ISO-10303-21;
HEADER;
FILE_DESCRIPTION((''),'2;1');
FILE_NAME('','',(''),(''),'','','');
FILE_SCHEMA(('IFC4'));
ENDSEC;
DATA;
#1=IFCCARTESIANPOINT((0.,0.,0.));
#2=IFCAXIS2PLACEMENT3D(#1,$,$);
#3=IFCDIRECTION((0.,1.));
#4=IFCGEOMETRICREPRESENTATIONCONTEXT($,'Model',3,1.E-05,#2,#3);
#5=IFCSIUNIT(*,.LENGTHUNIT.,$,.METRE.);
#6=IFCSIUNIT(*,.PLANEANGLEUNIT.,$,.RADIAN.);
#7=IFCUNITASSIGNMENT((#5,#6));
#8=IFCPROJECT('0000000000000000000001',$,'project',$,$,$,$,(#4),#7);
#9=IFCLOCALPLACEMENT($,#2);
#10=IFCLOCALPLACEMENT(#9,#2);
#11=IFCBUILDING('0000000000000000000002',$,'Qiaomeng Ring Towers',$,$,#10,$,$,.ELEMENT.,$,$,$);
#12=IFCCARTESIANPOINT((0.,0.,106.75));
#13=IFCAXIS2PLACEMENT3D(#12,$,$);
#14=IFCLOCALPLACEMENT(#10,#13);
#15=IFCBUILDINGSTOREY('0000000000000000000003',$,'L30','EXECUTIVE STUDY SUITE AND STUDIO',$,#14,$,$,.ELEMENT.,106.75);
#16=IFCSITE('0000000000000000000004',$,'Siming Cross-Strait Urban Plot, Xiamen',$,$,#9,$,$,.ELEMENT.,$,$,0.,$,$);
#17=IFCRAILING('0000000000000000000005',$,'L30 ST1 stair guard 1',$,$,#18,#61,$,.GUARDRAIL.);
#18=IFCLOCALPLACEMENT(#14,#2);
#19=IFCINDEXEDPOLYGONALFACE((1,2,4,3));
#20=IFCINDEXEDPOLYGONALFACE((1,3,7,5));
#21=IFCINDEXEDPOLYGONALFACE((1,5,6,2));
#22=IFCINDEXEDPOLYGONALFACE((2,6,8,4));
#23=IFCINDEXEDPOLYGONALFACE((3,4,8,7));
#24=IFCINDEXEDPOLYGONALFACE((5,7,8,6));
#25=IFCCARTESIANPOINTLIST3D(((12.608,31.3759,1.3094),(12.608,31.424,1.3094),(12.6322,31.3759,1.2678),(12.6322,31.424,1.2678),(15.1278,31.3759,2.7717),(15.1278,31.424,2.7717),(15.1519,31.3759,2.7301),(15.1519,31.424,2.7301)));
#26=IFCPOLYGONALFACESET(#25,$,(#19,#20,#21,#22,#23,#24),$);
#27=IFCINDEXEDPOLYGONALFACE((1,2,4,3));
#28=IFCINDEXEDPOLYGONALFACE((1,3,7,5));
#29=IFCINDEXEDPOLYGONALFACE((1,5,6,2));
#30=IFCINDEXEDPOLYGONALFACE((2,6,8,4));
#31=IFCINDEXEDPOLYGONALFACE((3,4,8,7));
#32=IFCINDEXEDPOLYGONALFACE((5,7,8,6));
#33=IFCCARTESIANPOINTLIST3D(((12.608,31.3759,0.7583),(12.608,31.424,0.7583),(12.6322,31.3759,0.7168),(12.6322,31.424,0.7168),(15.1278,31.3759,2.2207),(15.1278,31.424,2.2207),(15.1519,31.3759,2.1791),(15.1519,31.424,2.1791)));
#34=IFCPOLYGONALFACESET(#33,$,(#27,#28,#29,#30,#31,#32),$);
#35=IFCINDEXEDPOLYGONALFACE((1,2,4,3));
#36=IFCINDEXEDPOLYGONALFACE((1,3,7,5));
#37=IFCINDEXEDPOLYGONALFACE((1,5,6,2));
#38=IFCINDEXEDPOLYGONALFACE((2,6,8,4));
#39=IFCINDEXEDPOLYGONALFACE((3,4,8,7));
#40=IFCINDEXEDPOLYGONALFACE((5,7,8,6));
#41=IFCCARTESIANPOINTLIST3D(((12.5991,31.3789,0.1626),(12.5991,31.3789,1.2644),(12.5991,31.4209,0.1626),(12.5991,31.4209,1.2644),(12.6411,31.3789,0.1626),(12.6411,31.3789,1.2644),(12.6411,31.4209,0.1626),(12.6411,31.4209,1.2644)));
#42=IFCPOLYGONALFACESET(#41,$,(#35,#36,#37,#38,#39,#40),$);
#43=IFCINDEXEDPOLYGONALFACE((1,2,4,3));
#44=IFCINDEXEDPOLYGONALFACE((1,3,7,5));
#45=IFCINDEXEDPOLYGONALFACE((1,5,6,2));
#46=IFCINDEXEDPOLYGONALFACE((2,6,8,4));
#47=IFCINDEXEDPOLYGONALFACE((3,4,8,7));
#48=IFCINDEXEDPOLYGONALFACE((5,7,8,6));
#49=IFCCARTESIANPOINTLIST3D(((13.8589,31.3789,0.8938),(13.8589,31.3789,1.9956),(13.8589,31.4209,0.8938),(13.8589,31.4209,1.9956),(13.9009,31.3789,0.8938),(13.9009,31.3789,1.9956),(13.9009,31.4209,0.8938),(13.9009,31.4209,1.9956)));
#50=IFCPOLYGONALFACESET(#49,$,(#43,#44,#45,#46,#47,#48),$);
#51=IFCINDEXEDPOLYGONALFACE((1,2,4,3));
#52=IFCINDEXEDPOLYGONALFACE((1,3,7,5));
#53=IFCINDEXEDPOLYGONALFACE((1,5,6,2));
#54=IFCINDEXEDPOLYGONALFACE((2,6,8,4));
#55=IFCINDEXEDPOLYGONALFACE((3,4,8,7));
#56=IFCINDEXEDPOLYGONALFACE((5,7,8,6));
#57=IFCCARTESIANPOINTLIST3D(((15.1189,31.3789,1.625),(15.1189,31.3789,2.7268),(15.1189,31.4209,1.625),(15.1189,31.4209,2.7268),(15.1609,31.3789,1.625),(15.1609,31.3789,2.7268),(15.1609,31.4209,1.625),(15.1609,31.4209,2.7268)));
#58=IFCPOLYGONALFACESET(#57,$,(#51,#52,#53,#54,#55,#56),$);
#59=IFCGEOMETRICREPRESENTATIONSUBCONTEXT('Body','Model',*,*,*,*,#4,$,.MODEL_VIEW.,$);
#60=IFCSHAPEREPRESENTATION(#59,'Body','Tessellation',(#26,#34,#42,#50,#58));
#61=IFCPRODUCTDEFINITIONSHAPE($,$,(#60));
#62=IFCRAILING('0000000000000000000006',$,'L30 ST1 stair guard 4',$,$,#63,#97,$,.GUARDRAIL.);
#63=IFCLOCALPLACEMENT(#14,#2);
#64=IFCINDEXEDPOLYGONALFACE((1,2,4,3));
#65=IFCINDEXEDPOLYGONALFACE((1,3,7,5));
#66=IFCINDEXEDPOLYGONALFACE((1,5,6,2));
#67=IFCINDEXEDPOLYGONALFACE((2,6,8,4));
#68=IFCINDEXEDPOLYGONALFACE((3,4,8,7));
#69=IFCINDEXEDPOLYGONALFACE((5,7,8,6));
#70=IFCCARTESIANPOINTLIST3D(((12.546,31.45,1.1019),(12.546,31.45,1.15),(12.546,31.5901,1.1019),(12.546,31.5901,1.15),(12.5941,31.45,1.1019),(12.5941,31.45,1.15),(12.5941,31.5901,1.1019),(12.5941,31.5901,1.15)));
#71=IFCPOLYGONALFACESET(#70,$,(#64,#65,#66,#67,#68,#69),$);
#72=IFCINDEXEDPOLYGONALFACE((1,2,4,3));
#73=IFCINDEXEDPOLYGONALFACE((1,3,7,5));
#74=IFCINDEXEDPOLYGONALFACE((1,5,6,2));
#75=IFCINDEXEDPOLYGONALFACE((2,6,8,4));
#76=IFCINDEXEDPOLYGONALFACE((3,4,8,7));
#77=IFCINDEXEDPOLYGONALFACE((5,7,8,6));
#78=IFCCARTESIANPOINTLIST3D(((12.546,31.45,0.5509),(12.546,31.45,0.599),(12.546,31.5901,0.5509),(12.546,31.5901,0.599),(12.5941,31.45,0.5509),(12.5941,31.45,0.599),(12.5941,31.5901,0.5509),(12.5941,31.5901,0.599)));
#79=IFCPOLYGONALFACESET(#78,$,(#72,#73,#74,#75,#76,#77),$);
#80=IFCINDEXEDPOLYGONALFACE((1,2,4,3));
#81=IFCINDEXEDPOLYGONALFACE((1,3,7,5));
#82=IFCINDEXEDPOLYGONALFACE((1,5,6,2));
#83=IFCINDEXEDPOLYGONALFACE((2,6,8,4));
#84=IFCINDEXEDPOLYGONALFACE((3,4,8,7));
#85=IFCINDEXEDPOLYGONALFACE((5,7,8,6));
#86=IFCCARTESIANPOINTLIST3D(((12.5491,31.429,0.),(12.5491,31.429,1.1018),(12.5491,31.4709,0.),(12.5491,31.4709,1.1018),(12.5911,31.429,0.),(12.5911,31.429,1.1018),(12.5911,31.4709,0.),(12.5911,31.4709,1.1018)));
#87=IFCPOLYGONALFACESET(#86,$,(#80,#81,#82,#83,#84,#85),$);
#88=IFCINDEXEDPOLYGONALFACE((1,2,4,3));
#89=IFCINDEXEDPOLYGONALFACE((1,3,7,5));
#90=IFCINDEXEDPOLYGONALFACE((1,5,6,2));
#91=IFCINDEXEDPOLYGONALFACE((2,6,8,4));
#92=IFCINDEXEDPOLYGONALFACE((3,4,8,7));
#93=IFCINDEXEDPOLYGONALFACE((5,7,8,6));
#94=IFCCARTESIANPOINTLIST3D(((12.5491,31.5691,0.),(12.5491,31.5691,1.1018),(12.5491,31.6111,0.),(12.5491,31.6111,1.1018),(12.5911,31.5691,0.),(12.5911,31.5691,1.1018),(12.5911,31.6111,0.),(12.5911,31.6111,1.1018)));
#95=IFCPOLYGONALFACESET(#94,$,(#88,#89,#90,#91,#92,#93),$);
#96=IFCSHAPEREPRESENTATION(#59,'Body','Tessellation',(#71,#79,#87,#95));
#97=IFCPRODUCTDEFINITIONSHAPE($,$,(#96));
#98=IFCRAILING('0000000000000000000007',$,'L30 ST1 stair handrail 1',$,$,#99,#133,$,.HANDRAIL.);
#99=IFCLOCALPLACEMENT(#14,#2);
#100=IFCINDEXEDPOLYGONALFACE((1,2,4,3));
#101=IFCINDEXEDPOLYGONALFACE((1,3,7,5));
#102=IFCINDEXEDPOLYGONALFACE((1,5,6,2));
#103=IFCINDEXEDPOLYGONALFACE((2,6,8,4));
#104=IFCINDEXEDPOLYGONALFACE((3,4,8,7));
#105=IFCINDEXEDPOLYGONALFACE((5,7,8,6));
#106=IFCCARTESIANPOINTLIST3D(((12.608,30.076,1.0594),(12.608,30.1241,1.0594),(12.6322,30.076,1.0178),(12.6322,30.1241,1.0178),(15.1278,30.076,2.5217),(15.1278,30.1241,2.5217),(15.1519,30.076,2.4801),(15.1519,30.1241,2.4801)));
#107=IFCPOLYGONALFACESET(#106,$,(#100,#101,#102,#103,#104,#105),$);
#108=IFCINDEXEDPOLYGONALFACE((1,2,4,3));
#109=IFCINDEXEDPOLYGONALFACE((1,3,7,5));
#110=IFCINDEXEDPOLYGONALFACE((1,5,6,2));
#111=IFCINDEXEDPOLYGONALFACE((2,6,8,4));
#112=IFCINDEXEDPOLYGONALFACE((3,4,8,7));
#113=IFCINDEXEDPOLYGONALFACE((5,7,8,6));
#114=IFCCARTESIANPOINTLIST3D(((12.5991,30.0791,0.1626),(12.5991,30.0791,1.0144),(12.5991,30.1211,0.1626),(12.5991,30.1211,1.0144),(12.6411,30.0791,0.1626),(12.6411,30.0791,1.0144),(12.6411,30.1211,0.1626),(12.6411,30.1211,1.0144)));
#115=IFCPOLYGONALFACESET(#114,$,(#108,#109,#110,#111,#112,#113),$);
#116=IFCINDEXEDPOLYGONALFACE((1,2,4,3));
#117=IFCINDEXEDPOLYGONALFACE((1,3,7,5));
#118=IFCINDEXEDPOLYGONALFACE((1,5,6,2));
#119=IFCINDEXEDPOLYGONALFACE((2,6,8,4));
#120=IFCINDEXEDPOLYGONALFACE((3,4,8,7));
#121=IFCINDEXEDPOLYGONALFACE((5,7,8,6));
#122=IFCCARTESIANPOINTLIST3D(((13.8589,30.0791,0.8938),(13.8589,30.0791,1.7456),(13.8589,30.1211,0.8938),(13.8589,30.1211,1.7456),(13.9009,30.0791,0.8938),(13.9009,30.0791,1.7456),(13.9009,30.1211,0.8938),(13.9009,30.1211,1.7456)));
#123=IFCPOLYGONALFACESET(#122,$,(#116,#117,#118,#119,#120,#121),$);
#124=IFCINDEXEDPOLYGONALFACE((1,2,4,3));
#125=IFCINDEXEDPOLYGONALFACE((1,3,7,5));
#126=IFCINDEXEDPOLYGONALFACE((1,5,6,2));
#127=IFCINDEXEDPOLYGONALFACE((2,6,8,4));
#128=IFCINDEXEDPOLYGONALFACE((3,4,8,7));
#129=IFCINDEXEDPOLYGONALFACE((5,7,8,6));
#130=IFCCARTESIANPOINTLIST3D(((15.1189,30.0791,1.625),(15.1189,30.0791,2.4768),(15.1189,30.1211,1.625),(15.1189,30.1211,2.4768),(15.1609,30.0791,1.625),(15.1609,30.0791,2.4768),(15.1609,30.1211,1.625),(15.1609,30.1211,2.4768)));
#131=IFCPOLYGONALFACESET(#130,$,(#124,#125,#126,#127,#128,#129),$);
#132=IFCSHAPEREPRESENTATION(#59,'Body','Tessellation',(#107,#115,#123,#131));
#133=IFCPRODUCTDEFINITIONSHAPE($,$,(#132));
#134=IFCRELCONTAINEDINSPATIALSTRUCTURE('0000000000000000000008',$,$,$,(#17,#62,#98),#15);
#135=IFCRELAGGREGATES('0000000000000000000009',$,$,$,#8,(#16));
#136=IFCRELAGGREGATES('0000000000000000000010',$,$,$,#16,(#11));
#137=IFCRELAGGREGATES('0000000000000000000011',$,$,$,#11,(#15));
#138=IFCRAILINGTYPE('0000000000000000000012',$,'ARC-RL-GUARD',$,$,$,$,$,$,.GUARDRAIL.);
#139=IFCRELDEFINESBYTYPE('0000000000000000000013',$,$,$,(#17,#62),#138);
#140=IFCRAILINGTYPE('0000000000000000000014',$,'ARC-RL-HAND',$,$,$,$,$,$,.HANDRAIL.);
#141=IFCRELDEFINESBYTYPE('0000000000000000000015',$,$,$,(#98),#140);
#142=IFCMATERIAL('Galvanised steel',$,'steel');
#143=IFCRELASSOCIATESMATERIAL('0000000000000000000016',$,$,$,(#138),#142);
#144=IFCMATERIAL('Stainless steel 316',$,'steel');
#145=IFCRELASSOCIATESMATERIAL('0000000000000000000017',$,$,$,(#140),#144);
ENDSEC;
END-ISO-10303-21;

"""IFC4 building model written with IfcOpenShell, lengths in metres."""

from ifc_helpers import new_model, si_unit, direction, frame, origin, origin_2d, place, context, subcontext, project, spatial, rectangle, extrude, material, type_object, element, save


model = new_model("IFC4")

# Units and contexts
model_context = context("Model", 3, precision=1e-05, world=origin(), true_north=direction((0.0, 1.0)))
body_context = subcontext(model_context, "Body", "Model", "MODEL_VIEW")
ifc_project = project(units=[si_unit("LENGTHUNIT", "METRE"), si_unit("PLANEANGLEUNIT", "RADIAN")], contexts=[model_context])

# Site, building, storey
site_placement = place(None, origin())
site = spatial("IfcSite", under=ifc_project, at=site_placement, Name="Siming Cross-Strait Urban Plot, Xiamen", CompositionType="ELEMENT", RefElevation=0.0)
building_placement = place(site_placement, origin())
building = spatial("IfcBuilding", under=site, at=building_placement, Name="Qiaomeng Ring Towers", CompositionType="ELEMENT")
storey_placement = place(building_placement, frame((0.0, 0.0, 106.75)))
storey = spatial("IfcBuildingStorey", under=building, at=storey_placement, Name="L30", Description="EXECUTIVE STUDY SUITE AND STUDIO", CompositionType="ELEMENT", Elevation=106.75)

# Shared definitions
ifc_material_1 = material(Name="Galvanised steel", Category="steel")

# Shared definitions
ifc_material_2 = material(Name="Stainless steel 316", Category="steel")

# Railings
railing_type_1 = type_object("IfcRailingType", Name="ARC-RL-GUARD", PredefinedType="GUARDRAIL", material=ifc_material_1)
railing_1_placement = place(storey_placement, frame((12.6201, 31.3999, 0.1626)))
element("IfcRailing", 1, at=railing_1_placement, inside=storey, type_object=railing_type_1, Name="L30 ST1 stair guard 1", PredefinedType="GUARDRAIL", context=body_context, shape_type="SweptSolid", body=[
    extrude(rectangle(XDim=0.0481, YDim=0.0481, at=origin_2d()), frame((0.0, 0.0, 1.126), z_axis=(0.864892, 0.0, 0.501958), x_axis=(0.0, 1.0, 0.0)), (0.0, 0.0, 1.0), 2.9133),
    extrude(rectangle(XDim=0.0481, YDim=0.0481, at=origin_2d()), frame((0.0, 0.0, 0.575), z_axis=(0.864892, 0.0, 0.501958), x_axis=(0.0, 1.0, 0.0)), (0.0, 0.0, 1.0), 2.9133),
    extrude(rectangle(XDim=0.042, YDim=0.042, at=origin_2d()), origin(), (0.0, 0.0, 1.0), 1.1018),
    extrude(rectangle(XDim=0.042, YDim=0.042, at=origin_2d()), frame((1.2598, 0.0, 0.7312)), (0.0, 0.0, 1.0), 1.1018),
    extrude(rectangle(XDim=0.042, YDim=0.042, at=origin_2d()), frame((2.5198, 0.0, 1.4624)), (0.0, 0.0, 1.0), 1.1018),
])
railing_2_placement = place(storey_placement, frame((12.5701, 31.45, 0.0)))
element("IfcRailing", 2, at=railing_2_placement, inside=storey, type_object=railing_type_1, Name="L30 ST1 stair guard 4", PredefinedType="GUARDRAIL", context=body_context, shape_type="SweptSolid", body=[
    extrude(rectangle(XDim=0.0481, YDim=0.0481, at=origin_2d()), frame((0.0, 0.0, 1.126), z_axis=(0.0, 1.0, 0.0), x_axis=(-1.0, 0.0, 0.0)), (0.0, 0.0, 1.0), 0.1401),
    extrude(rectangle(XDim=0.0481, YDim=0.0481, at=origin_2d()), frame((0.0, 0.0, 0.575), z_axis=(0.0, 1.0, 0.0), x_axis=(-1.0, 0.0, 0.0)), (0.0, 0.0, 1.0), 0.1401),
    extrude(rectangle(XDim=0.042, YDim=0.042, at=origin_2d()), origin(), (0.0, 0.0, 1.0), 1.1018),
    extrude(rectangle(XDim=0.042, YDim=0.042, at=origin_2d()), frame((0.0, 0.1401, 0.0)), (0.0, 0.0, 1.0), 1.1018),
])
railing_type_2 = type_object("IfcRailingType", Name="ARC-RL-HAND", PredefinedType="HANDRAIL", material=ifc_material_2)
railing_3_placement = place(storey_placement, frame((12.6201, 30.1001, 0.1626)))
element("IfcRailing", 3, at=railing_3_placement, inside=storey, type_object=railing_type_2, Name="L30 ST1 stair handrail 1", PredefinedType="HANDRAIL", context=body_context, shape_type="SweptSolid", body=[
    extrude(rectangle(XDim=0.0481, YDim=0.0481, at=origin_2d()), frame((0.0, 0.0, 0.876), z_axis=(0.864892, 0.0, 0.501958), x_axis=(0.0, 1.0, 0.0)), (0.0, 0.0, 1.0), 2.9133),
    extrude(rectangle(XDim=0.042, YDim=0.042, at=origin_2d()), origin(), (0.0, 0.0, 1.0), 0.8518),
    extrude(rectangle(XDim=0.042, YDim=0.042, at=origin_2d()), frame((1.2598, 0.0, 0.7312)), (0.0, 0.0, 1.0), 0.8518),
    extrude(rectangle(XDim=0.042, YDim=0.042, at=origin_2d()), frame((2.5198, 0.0, 1.4624)), (0.0, 0.0, 1.0), 0.8518),
])

save(model, "model.ifc")
